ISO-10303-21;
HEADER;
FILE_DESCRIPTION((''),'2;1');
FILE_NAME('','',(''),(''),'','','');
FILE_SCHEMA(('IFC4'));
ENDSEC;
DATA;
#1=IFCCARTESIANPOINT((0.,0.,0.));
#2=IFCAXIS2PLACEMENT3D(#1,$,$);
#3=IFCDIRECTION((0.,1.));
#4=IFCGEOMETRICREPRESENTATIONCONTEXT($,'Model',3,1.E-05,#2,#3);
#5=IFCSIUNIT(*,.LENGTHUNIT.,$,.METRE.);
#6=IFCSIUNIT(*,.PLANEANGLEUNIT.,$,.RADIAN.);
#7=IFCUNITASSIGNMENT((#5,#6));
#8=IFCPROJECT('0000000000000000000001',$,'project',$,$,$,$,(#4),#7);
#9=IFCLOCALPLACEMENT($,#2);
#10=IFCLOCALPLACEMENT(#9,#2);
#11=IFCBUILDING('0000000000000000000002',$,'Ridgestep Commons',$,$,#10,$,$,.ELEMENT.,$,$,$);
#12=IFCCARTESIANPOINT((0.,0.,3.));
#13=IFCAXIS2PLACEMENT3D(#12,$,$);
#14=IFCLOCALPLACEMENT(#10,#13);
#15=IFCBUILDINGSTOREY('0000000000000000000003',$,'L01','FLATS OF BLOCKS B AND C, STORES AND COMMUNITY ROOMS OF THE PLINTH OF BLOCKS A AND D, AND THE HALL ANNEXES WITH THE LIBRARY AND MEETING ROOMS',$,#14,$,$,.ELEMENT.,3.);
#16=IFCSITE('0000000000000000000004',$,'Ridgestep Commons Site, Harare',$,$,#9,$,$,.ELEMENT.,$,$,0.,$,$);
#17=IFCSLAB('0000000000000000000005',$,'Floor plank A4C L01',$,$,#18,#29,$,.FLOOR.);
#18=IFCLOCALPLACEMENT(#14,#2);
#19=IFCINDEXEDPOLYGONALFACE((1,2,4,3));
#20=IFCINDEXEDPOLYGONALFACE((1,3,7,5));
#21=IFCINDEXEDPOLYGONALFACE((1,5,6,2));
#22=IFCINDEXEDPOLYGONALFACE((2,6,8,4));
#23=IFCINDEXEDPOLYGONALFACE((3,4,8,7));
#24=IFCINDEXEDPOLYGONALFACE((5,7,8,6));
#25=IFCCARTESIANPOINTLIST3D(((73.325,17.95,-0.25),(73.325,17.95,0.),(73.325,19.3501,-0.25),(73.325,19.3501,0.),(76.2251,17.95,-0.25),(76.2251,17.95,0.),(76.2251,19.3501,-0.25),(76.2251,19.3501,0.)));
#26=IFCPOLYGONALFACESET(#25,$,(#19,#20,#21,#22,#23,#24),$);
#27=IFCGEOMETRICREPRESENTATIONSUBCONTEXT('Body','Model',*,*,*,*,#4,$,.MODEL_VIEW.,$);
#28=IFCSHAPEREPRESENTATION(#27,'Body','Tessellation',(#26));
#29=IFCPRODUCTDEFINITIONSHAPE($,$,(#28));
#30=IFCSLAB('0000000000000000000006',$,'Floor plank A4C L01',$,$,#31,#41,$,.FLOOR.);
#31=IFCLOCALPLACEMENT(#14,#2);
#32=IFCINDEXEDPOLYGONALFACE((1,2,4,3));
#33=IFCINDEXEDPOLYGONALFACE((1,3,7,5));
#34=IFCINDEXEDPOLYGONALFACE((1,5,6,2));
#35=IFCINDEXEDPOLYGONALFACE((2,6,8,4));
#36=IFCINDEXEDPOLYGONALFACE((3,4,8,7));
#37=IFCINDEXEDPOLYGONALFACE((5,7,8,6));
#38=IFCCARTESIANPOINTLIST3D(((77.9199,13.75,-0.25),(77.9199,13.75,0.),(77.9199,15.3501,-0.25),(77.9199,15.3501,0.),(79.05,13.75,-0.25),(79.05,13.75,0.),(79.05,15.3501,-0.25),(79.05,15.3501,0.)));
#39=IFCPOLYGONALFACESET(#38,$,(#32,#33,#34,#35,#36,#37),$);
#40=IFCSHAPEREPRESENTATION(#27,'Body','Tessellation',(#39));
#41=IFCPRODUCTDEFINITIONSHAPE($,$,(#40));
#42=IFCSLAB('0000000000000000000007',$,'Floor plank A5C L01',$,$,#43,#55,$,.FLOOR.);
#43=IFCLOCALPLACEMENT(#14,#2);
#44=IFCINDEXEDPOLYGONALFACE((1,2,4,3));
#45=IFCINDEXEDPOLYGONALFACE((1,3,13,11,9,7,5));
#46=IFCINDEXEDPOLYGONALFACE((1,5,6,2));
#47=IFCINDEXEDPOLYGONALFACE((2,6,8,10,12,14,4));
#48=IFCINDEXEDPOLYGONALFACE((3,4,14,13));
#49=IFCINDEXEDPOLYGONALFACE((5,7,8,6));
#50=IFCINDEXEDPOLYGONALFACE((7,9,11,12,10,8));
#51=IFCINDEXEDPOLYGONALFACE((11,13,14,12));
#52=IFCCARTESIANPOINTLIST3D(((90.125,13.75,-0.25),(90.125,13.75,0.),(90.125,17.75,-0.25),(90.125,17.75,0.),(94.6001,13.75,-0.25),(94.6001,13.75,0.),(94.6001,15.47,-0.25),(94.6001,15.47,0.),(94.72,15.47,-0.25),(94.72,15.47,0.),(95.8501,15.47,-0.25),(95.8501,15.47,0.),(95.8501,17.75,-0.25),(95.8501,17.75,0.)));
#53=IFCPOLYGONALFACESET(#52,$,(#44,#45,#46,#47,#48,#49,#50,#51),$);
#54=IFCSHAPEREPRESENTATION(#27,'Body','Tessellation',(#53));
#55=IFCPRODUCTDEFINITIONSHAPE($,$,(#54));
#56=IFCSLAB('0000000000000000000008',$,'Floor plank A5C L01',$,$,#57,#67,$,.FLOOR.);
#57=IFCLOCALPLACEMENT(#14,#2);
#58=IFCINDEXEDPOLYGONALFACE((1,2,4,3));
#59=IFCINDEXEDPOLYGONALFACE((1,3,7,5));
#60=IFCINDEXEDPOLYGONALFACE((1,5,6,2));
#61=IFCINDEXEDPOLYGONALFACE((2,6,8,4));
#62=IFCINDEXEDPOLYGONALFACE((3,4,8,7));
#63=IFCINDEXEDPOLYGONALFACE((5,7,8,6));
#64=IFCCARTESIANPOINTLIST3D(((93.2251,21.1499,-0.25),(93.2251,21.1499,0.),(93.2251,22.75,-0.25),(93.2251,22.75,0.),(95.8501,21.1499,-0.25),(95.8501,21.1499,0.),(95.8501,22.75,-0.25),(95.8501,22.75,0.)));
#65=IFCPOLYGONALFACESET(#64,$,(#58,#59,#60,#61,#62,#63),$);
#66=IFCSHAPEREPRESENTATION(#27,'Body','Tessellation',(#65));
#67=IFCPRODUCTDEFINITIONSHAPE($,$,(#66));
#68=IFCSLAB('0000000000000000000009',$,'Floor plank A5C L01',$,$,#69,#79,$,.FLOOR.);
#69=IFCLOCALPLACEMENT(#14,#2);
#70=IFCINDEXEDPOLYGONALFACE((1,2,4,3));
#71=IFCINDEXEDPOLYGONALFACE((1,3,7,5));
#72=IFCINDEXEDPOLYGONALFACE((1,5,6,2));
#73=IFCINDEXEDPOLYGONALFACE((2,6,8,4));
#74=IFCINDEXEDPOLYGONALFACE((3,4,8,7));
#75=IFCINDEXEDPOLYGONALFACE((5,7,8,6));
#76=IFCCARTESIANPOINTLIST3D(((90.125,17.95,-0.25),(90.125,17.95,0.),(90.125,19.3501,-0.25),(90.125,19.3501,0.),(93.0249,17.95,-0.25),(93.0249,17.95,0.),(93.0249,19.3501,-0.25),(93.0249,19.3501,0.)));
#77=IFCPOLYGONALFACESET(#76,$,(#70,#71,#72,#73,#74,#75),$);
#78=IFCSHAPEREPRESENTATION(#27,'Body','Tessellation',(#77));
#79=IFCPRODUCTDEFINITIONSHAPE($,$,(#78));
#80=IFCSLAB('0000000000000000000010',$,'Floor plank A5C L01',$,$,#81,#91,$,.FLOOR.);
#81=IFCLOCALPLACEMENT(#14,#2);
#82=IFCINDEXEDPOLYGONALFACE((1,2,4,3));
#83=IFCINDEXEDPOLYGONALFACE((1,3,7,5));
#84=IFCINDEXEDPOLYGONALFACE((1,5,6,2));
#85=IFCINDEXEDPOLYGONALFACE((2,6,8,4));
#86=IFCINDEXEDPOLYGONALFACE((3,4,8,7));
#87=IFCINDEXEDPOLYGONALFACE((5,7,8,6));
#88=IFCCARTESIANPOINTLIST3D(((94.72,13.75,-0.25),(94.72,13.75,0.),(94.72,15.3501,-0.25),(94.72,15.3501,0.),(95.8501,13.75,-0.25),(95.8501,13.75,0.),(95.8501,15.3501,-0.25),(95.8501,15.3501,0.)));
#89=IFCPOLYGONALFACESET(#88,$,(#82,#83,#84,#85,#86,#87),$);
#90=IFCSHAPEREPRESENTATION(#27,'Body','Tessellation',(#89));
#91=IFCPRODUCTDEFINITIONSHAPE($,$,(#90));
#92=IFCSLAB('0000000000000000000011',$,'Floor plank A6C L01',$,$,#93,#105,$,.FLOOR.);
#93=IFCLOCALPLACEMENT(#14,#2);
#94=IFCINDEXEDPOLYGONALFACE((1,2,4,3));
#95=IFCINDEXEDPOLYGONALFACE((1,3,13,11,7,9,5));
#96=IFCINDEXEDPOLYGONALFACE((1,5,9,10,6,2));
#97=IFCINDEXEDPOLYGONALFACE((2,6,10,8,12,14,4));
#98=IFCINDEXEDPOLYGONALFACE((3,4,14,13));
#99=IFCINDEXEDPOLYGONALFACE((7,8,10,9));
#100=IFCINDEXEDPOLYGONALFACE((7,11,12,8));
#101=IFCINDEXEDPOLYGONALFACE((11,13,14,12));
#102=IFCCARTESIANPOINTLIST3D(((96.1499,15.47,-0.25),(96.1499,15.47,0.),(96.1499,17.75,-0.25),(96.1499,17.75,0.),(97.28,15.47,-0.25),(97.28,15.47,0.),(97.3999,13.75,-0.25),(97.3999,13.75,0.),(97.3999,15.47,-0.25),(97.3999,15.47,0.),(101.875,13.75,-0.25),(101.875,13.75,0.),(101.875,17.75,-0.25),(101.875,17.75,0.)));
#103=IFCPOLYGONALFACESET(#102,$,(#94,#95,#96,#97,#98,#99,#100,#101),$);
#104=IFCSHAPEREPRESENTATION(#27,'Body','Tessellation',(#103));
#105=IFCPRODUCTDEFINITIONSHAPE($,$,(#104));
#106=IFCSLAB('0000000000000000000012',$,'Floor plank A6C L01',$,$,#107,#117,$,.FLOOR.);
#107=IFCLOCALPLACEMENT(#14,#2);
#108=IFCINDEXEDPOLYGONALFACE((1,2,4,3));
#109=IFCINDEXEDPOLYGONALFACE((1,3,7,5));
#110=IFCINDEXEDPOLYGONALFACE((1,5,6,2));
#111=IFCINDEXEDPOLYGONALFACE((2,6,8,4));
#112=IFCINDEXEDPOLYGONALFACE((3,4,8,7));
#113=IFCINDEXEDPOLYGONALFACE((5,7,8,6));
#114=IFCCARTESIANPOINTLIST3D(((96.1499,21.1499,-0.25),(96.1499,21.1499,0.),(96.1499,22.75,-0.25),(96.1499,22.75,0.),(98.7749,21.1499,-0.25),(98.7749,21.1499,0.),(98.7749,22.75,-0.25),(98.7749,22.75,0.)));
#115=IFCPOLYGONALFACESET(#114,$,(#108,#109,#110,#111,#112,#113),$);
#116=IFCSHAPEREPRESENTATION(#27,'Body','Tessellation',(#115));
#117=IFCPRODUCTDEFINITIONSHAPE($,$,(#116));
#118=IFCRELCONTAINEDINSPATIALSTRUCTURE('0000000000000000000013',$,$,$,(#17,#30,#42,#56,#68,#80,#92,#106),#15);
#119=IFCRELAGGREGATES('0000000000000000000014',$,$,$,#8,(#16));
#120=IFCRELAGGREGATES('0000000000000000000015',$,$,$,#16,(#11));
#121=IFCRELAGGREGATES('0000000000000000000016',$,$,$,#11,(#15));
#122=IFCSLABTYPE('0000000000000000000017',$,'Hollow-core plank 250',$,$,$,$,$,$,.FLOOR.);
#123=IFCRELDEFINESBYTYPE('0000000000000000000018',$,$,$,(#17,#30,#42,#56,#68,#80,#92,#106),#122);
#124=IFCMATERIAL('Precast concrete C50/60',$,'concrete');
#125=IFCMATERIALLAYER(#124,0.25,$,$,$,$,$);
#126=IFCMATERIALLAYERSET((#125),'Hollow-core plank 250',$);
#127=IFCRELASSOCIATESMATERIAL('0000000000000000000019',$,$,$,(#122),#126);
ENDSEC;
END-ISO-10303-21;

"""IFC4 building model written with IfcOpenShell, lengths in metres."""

from ifc_helpers import new_model, si_unit, direction, frame, origin, place, context, subcontext, project, spatial, polyline, outline, extrude, material, layer, layer_set, type_object, element, save


model = new_model("IFC4")

# Units and contexts
model_context = context("Model", 3, precision=1e-05, world=origin(), true_north=direction((0.0, 1.0)))
body_context = subcontext(model_context, "Body", "Model", "MODEL_VIEW")
ifc_project = project(units=[si_unit("LENGTHUNIT", "METRE"), si_unit("PLANEANGLEUNIT", "RADIAN")], contexts=[model_context])

# Site, building, storey
site_placement = place(None, origin())
site = spatial("IfcSite", under=ifc_project, at=site_placement, Name="Ridgestep Commons Site, Harare", CompositionType="ELEMENT", RefElevation=0.0)
building_placement = place(site_placement, origin())
building = spatial("IfcBuilding", under=site, at=building_placement, Name="Ridgestep Commons", CompositionType="ELEMENT")
storey_placement = place(building_placement, frame((0.0, 0.0, 3.0)))
storey = spatial("IfcBuildingStorey", under=building, at=storey_placement, Name="L01", Description="FLATS OF BLOCKS B AND C, STORES AND COMMUNITY ROOMS OF THE PLINTH OF BLOCKS A AND D, AND THE HALL ANNEXES WITH THE LIBRARY AND MEETING ROOMS", CompositionType="ELEMENT", Elevation=3.0)

# Slabs
ifc_material = material(Name="Precast concrete C50/60", Category="concrete")
ifc_layer = layer(ifc_material, 0.25)
ifc_layer_set = layer_set([ifc_layer], Name="Hollow-core plank 250")
slab_type = type_object("IfcSlabType", Name="Hollow-core plank 250", PredefinedType="FLOOR", material=ifc_layer_set)
slab_1_placement = place(storey_placement, frame((0.0, 0.0, -0.25)))
element("IfcSlab", 1, at=slab_1_placement, inside=storey, type_object=slab_type, Name="Floor plank A4C L01", PredefinedType="FLOOR", context=body_context, shape_type="SweptSolid", body=[
    extrude(outline(polyline([(76.2251, 17.95), (76.2251, 19.3501), (73.325, 19.3501), (73.325, 17.95), (76.2251, 17.95)])), origin(), (0.0, 0.0, 1.0), 0.25),
])
slab_2_placement = place(storey_placement, frame((0.0, 0.0, -0.25)))
element("IfcSlab", 2, at=slab_2_placement, inside=storey, type_object=slab_type, Name="Floor plank A4C L01", PredefinedType="FLOOR", context=body_context, shape_type="SweptSolid", body=[
    extrude(outline(polyline([(77.9199, 13.75), (79.05, 13.75), (79.05, 15.3501), (77.9199, 15.3501), (77.9199, 13.75)])), origin(), (0.0, 0.0, 1.0), 0.25),
])
slab_3_placement = place(storey_placement, frame((0.0, 0.0, -0.25)))
element("IfcSlab", 3, at=slab_3_placement, inside=storey, type_object=slab_type, Name="Floor plank A5C L01", PredefinedType="FLOOR", context=body_context, shape_type="SweptSolid", body=[
    extrude(outline(polyline([(94.72, 15.47), (95.8501, 15.47), (95.8501, 17.75), (90.125, 17.75), (90.125, 13.75), (94.6001, 13.75), (94.6001, 15.47), (94.72, 15.47)])), origin(), (0.0, 0.0, 1.0), 0.25),
])
slab_4_placement = place(storey_placement, frame((0.0, 0.0, -0.25)))
element("IfcSlab", 4, at=slab_4_placement, inside=storey, type_object=slab_type, Name="Floor plank A5C L01", PredefinedType="FLOOR", context=body_context, shape_type="SweptSolid", body=[
    extrude(outline(polyline([(95.8501, 21.1499), (95.8501, 22.75), (93.2251, 22.75), (93.2251, 21.1499), (95.8501, 21.1499)])), origin(), (0.0, 0.0, 1.0), 0.25),
])
slab_5_placement = place(storey_placement, frame((0.0, 0.0, -0.25)))
element("IfcSlab", 5, at=slab_5_placement, inside=storey, type_object=slab_type, Name="Floor plank A5C L01", PredefinedType="FLOOR", context=body_context, shape_type="SweptSolid", body=[
    extrude(outline(polyline([(93.0249, 17.95), (93.0249, 19.3501), (90.125, 19.3501), (90.125, 17.95), (93.0249, 17.95)])), origin(), (0.0, 0.0, 1.0), 0.25),
])
slab_6_placement = place(storey_placement, frame((0.0, 0.0, -0.25)))
element("IfcSlab", 6, at=slab_6_placement, inside=storey, type_object=slab_type, Name="Floor plank A5C L01", PredefinedType="FLOOR", context=body_context, shape_type="SweptSolid", body=[
    extrude(outline(polyline([(94.72, 13.75), (95.8501, 13.75), (95.8501, 15.3501), (94.72, 15.3501), (94.72, 13.75)])), origin(), (0.0, 0.0, 1.0), 0.25),
])
slab_7_placement = place(storey_placement, frame((0.0, 0.0, -0.25)))
element("IfcSlab", 7, at=slab_7_placement, inside=storey, type_object=slab_type, Name="Floor plank A6C L01", PredefinedType="FLOOR", context=body_context, shape_type="SweptSolid", body=[
    extrude(outline(polyline([(97.3999, 13.75), (101.875, 13.75), (101.875, 17.75), (96.1499, 17.75), (96.1499, 15.47), (97.28, 15.47), (97.3999, 15.47), (97.3999, 13.75)])), origin(), (0.0, 0.0, 1.0), 0.25),
])
slab_8_placement = place(storey_placement, frame((0.0, 0.0, -0.25)))
element("IfcSlab", 8, at=slab_8_placement, inside=storey, type_object=slab_type, Name="Floor plank A6C L01", PredefinedType="FLOOR", context=body_context, shape_type="SweptSolid", body=[
    extrude(outline(polyline([(98.7749, 22.75), (96.1499, 22.75), (96.1499, 21.1499), (98.7749, 21.1499), (98.7749, 22.75)])), origin(), (0.0, 0.0, 1.0), 0.25),
])

save(model, "model.ifc")
